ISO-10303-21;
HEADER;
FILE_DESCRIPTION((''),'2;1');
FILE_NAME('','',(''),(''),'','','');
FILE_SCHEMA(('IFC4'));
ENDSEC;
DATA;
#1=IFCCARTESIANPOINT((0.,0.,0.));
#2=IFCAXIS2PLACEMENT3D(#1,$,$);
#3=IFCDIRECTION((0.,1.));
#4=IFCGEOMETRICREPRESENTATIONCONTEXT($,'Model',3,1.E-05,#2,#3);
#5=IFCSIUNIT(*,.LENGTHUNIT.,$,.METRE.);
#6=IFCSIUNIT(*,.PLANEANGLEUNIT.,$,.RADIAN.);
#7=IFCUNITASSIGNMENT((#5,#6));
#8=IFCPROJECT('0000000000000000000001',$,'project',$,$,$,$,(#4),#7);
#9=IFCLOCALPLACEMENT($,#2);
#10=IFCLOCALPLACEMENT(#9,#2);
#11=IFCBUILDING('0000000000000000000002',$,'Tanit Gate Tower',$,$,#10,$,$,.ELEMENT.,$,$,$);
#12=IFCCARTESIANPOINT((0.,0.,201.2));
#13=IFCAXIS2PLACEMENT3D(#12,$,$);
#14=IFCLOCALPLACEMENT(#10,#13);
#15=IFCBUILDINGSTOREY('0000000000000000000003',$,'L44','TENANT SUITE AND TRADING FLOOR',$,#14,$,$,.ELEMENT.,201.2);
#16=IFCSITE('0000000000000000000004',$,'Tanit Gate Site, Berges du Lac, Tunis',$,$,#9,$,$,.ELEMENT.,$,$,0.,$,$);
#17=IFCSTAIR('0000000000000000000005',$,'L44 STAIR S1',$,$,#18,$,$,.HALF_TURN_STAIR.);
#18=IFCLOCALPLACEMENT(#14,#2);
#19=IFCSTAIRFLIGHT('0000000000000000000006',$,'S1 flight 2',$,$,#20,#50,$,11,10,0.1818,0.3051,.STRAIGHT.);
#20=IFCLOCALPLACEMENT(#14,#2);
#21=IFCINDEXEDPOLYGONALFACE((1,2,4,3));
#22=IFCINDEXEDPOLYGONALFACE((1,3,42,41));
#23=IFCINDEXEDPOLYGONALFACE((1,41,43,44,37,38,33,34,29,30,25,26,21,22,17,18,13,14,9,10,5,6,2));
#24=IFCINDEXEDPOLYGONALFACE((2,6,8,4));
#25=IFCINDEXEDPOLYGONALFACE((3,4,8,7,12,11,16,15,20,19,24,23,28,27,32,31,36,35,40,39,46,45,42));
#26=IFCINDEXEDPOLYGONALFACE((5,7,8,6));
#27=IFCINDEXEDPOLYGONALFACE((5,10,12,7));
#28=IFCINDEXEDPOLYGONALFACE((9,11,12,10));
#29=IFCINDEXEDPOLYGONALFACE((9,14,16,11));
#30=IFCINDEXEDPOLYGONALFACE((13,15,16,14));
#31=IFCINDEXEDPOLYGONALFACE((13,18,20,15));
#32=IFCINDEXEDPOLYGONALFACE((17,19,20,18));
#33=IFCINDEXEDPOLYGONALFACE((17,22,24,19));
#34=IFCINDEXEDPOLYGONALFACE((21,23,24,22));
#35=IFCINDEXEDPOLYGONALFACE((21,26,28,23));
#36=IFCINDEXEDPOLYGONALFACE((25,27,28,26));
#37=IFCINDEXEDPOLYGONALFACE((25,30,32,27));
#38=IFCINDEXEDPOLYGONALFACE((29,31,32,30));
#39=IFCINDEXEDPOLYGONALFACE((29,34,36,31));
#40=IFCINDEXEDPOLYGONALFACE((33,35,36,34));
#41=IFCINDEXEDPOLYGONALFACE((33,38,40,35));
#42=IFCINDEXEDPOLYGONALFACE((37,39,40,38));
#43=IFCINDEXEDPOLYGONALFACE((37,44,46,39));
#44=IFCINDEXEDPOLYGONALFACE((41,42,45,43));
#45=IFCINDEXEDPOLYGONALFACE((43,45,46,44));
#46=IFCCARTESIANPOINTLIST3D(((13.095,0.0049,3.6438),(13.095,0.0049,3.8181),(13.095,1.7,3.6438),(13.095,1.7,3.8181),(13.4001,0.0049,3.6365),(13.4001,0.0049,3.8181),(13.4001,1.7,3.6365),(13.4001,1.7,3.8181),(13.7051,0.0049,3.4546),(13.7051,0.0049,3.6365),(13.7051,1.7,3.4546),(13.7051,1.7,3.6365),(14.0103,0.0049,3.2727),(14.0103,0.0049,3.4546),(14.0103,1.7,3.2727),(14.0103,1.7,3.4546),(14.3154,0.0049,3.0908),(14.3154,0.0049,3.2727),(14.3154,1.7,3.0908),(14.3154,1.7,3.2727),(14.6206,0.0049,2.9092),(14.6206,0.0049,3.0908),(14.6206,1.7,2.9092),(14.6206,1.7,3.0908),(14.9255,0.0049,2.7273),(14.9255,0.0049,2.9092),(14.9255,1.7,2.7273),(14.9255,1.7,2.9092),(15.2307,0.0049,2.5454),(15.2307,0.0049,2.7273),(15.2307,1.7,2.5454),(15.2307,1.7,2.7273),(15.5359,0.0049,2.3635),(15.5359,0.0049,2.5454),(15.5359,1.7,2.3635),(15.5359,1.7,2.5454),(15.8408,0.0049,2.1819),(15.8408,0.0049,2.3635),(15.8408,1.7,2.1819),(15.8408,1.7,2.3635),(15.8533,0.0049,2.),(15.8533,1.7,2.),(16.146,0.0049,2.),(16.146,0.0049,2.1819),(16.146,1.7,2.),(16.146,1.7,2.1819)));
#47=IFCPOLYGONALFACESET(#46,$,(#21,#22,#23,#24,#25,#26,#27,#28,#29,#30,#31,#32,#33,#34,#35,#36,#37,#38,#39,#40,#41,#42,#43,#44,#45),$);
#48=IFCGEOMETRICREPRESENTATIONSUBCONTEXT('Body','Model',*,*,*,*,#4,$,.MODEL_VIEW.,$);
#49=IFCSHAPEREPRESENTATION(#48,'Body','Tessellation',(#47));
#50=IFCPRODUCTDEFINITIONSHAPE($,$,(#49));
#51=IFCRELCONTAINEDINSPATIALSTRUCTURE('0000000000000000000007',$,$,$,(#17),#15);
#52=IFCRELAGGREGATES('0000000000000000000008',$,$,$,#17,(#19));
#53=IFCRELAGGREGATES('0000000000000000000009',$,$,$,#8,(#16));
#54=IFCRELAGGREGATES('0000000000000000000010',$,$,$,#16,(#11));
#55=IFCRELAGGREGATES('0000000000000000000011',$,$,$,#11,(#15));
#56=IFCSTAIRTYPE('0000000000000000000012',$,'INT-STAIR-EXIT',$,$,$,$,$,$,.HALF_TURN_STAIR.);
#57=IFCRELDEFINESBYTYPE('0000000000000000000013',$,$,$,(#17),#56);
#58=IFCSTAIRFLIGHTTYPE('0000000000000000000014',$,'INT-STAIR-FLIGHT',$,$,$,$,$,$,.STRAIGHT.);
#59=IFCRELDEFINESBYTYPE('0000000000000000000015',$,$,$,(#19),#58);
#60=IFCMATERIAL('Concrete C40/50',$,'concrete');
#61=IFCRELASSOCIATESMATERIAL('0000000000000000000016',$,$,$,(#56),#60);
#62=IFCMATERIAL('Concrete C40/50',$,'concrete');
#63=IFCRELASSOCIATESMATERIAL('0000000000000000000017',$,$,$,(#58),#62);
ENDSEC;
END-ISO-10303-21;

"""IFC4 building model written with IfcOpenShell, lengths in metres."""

from ifc_helpers import new_model, si_unit, direction, frame, origin, place, context, subcontext, project, spatial, polyline, outline, extrude, material, type_object, element, aggregate, save


model = new_model("IFC4")

# Units and contexts
model_context = context("Model", 3, precision=1e-05, world=origin(), true_north=direction((0.0, 1.0)))
body_context = subcontext(model_context, "Body", "Model", "MODEL_VIEW")
ifc_project = project(units=[si_unit("LENGTHUNIT", "METRE"), si_unit("PLANEANGLEUNIT", "RADIAN")], contexts=[model_context])

# Site, building, storey
site_placement = place(None, origin())
site = spatial("IfcSite", under=ifc_project, at=site_placement, Name="Tanit Gate Site, Berges du Lac, Tunis", CompositionType="ELEMENT", RefElevation=0.0)
building_placement = place(site_placement, origin())
building = spatial("IfcBuilding", under=site, at=building_placement, Name="Tanit Gate Tower", CompositionType="ELEMENT")
storey_placement = place(building_placement, frame((0.0, 0.0, 201.2)))
storey = spatial("IfcBuildingStorey", under=building, at=storey_placement, Name="L44", Description="TENANT SUITE AND TRADING FLOOR", CompositionType="ELEMENT", Elevation=201.2)

# Stair, stair flight
ifc_material_1 = material(Name="Concrete C40/50", Category="concrete")
stair_type = type_object("IfcStairType", Name="INT-STAIR-EXIT", PredefinedType="HALF_TURN_STAIR", material=ifc_material_1)
stair_placement = place(storey_placement, origin())
stair = element("IfcStair", 1, at=stair_placement, inside=storey, type_object=stair_type, Name="L44 STAIR S1", PredefinedType="HALF_TURN_STAIR")
ifc_material_2 = material(Name="Concrete C40/50", Category="concrete")
stair_flight_type = type_object("IfcStairFlightType", Name="INT-STAIR-FLIGHT", PredefinedType="STRAIGHT", material=ifc_material_2)
stair_flight_placement = place(storey_placement, frame((16.146, 0.8525, 2.0), z_axis=(0.0, 0.0, 1.0), x_axis=(-1.0, 0.0, 0.0)))
stair_flight = element("IfcStairFlight", 2, at=stair_flight_placement, type_object=stair_flight_type, Name="S1 flight 2", NumberOfRisers=11, NumberOfTreads=10, PredefinedType="STRAIGHT", RiserHeight=0.1818, TreadLength=0.3051, context=body_context, shape_type="SweptSolid", body=[
    extrude(outline(polyline([(0.0, 0.0), (0.0, 0.1819), (0.3052, 0.1819), (0.3052, 0.3635), (0.6101, 0.3635), (0.6101, 0.5454), (0.9153, 0.5454), (0.9153, 0.7273), (1.2205, 0.7273), (1.2205, 0.9092), (1.5254, 0.9092), (1.5254, 1.0908), (1.8306, 1.0908), (1.8306, 1.2727), (2.1357, 1.2727), (2.1357, 1.4546), (2.4409, 1.4546), (2.4409, 1.6365), (2.7458, 1.6365), (2.7458, 1.8181), (3.051, 1.8181), (3.051, 2.0), (3.051, 1.6438), (0.2927, 0.0), (0.0, 0.0)])), frame((0.0, 0.8477, 0.0), z_axis=(0.0, -1.0, 0.0), x_axis=(1.0, 0.0, 0.0)), (0.0, 0.0, 1.0), 1.6951),
])
aggregate(stair, [stair_flight])

save(model, "model.ifc")
